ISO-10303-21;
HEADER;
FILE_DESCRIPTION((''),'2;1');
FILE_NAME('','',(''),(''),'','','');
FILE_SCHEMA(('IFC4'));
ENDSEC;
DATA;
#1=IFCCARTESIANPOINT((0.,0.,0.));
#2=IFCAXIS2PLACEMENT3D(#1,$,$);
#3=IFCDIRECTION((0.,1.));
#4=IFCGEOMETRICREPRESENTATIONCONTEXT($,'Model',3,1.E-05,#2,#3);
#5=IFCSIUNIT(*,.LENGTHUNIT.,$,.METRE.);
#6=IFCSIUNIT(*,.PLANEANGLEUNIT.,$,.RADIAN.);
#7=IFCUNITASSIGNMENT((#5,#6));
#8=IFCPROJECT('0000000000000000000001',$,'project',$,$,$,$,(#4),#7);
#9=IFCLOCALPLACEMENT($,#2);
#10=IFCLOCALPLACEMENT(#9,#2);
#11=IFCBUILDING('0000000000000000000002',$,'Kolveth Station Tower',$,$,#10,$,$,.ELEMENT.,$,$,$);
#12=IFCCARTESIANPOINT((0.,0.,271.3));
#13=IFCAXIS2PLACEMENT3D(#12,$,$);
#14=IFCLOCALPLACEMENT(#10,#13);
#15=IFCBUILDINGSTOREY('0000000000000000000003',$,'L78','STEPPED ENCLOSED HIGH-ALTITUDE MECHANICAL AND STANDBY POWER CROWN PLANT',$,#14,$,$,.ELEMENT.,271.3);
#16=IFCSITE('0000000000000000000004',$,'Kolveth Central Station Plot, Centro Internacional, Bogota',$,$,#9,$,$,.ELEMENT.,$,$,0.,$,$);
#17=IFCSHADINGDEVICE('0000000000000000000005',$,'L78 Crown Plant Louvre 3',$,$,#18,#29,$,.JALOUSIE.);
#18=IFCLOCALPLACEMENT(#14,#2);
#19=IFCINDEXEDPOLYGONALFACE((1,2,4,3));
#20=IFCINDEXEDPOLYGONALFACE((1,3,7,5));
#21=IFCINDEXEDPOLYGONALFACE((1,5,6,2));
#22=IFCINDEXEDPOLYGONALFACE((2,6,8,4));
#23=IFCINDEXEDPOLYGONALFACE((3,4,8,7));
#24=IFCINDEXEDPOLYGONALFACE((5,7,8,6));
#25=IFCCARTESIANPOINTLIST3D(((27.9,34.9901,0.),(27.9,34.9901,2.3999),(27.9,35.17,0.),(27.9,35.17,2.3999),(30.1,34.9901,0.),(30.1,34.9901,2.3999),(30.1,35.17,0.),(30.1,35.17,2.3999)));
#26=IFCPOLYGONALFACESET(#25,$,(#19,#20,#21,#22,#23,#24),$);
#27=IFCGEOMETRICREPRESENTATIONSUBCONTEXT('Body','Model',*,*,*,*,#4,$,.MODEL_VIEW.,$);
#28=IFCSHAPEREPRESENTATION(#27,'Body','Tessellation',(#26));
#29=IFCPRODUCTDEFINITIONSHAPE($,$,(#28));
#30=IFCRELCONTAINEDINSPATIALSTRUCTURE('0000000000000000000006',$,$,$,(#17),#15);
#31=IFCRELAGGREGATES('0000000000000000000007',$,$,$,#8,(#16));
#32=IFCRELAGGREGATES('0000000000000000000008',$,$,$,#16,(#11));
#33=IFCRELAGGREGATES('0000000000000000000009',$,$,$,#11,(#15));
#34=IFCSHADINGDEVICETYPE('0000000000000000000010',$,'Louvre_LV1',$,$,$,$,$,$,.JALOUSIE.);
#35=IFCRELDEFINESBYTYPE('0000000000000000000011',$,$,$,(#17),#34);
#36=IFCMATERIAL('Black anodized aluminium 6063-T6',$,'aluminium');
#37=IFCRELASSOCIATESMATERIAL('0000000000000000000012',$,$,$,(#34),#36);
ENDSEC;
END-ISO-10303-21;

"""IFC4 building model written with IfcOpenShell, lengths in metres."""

from ifc_helpers import new_model, si_unit, direction, frame, origin, origin_2d, place, context, subcontext, project, spatial, rectangle, extrude, source, transform, mapped, material, type_object, element, save


model = new_model("IFC4")

# Units and contexts
model_context = context("Model", 3, precision=1e-05, world=origin(), true_north=direction((0.0, 1.0)))
body_context = subcontext(model_context, "Body", "Model", "MODEL_VIEW")
ifc_project = project(units=[si_unit("LENGTHUNIT", "METRE"), si_unit("PLANEANGLEUNIT", "RADIAN")], contexts=[model_context])

# Site, building, storey
site_placement = place(None, origin())
site = spatial("IfcSite", under=ifc_project, at=site_placement, Name="Kolveth Central Station Plot, Centro Internacional, Bogota", CompositionType="ELEMENT", RefElevation=0.0)
building_placement = place(site_placement, origin())
building = spatial("IfcBuilding", under=site, at=building_placement, Name="Kolveth Station Tower", CompositionType="ELEMENT")
storey_placement = place(building_placement, frame((0.0, 0.0, 271.3)))
storey = spatial("IfcBuildingStorey", under=building, at=storey_placement, Name="L78", Description="STEPPED ENCLOSED HIGH-ALTITUDE MECHANICAL AND STANDBY POWER CROWN PLANT", CompositionType="ELEMENT", Elevation=271.3)

# Shared definitions
ifc_material_1 = material(Name="Black anodized aluminium 6063-T6", Category="aluminium")

# Shading device
shading_device_type = type_object("IfcShadingDeviceType", Name="Louvre_LV1", PredefinedType="JALOUSIE", material=ifc_material_1)
shared_shape_1 = source(origin(), body_context, "Body", "SweptSolid", [
    extrude(rectangle(XDim=2.2, YDim=0.1799, at=origin_2d()), origin(), (0.0, 0.0, 1.0), 2.3999),
])
shading_device_placement = place(storey_placement, frame((29.0, 35.0801, 0.0), z_axis=(0.0, 0.0, 1.0), x_axis=(1.0, 0.0, 0.0)))
element("IfcShadingDevice", 1, at=shading_device_placement, inside=storey, type_object=shading_device_type, Name="L78 Crown Plant Louvre 3", PredefinedType="JALOUSIE", context=body_context, shape_type="MappedRepresentation", body=[
    mapped(shared_shape_1, transform((0.0, 0.0, 0.0), x_axis=(1.0, 0.0, 0.0), y_axis=(0.0, 1.0, 0.0), z_axis=(0.0, 0.0, 1.0), scale=1.0)),
])

save(model, "model.ifc")
